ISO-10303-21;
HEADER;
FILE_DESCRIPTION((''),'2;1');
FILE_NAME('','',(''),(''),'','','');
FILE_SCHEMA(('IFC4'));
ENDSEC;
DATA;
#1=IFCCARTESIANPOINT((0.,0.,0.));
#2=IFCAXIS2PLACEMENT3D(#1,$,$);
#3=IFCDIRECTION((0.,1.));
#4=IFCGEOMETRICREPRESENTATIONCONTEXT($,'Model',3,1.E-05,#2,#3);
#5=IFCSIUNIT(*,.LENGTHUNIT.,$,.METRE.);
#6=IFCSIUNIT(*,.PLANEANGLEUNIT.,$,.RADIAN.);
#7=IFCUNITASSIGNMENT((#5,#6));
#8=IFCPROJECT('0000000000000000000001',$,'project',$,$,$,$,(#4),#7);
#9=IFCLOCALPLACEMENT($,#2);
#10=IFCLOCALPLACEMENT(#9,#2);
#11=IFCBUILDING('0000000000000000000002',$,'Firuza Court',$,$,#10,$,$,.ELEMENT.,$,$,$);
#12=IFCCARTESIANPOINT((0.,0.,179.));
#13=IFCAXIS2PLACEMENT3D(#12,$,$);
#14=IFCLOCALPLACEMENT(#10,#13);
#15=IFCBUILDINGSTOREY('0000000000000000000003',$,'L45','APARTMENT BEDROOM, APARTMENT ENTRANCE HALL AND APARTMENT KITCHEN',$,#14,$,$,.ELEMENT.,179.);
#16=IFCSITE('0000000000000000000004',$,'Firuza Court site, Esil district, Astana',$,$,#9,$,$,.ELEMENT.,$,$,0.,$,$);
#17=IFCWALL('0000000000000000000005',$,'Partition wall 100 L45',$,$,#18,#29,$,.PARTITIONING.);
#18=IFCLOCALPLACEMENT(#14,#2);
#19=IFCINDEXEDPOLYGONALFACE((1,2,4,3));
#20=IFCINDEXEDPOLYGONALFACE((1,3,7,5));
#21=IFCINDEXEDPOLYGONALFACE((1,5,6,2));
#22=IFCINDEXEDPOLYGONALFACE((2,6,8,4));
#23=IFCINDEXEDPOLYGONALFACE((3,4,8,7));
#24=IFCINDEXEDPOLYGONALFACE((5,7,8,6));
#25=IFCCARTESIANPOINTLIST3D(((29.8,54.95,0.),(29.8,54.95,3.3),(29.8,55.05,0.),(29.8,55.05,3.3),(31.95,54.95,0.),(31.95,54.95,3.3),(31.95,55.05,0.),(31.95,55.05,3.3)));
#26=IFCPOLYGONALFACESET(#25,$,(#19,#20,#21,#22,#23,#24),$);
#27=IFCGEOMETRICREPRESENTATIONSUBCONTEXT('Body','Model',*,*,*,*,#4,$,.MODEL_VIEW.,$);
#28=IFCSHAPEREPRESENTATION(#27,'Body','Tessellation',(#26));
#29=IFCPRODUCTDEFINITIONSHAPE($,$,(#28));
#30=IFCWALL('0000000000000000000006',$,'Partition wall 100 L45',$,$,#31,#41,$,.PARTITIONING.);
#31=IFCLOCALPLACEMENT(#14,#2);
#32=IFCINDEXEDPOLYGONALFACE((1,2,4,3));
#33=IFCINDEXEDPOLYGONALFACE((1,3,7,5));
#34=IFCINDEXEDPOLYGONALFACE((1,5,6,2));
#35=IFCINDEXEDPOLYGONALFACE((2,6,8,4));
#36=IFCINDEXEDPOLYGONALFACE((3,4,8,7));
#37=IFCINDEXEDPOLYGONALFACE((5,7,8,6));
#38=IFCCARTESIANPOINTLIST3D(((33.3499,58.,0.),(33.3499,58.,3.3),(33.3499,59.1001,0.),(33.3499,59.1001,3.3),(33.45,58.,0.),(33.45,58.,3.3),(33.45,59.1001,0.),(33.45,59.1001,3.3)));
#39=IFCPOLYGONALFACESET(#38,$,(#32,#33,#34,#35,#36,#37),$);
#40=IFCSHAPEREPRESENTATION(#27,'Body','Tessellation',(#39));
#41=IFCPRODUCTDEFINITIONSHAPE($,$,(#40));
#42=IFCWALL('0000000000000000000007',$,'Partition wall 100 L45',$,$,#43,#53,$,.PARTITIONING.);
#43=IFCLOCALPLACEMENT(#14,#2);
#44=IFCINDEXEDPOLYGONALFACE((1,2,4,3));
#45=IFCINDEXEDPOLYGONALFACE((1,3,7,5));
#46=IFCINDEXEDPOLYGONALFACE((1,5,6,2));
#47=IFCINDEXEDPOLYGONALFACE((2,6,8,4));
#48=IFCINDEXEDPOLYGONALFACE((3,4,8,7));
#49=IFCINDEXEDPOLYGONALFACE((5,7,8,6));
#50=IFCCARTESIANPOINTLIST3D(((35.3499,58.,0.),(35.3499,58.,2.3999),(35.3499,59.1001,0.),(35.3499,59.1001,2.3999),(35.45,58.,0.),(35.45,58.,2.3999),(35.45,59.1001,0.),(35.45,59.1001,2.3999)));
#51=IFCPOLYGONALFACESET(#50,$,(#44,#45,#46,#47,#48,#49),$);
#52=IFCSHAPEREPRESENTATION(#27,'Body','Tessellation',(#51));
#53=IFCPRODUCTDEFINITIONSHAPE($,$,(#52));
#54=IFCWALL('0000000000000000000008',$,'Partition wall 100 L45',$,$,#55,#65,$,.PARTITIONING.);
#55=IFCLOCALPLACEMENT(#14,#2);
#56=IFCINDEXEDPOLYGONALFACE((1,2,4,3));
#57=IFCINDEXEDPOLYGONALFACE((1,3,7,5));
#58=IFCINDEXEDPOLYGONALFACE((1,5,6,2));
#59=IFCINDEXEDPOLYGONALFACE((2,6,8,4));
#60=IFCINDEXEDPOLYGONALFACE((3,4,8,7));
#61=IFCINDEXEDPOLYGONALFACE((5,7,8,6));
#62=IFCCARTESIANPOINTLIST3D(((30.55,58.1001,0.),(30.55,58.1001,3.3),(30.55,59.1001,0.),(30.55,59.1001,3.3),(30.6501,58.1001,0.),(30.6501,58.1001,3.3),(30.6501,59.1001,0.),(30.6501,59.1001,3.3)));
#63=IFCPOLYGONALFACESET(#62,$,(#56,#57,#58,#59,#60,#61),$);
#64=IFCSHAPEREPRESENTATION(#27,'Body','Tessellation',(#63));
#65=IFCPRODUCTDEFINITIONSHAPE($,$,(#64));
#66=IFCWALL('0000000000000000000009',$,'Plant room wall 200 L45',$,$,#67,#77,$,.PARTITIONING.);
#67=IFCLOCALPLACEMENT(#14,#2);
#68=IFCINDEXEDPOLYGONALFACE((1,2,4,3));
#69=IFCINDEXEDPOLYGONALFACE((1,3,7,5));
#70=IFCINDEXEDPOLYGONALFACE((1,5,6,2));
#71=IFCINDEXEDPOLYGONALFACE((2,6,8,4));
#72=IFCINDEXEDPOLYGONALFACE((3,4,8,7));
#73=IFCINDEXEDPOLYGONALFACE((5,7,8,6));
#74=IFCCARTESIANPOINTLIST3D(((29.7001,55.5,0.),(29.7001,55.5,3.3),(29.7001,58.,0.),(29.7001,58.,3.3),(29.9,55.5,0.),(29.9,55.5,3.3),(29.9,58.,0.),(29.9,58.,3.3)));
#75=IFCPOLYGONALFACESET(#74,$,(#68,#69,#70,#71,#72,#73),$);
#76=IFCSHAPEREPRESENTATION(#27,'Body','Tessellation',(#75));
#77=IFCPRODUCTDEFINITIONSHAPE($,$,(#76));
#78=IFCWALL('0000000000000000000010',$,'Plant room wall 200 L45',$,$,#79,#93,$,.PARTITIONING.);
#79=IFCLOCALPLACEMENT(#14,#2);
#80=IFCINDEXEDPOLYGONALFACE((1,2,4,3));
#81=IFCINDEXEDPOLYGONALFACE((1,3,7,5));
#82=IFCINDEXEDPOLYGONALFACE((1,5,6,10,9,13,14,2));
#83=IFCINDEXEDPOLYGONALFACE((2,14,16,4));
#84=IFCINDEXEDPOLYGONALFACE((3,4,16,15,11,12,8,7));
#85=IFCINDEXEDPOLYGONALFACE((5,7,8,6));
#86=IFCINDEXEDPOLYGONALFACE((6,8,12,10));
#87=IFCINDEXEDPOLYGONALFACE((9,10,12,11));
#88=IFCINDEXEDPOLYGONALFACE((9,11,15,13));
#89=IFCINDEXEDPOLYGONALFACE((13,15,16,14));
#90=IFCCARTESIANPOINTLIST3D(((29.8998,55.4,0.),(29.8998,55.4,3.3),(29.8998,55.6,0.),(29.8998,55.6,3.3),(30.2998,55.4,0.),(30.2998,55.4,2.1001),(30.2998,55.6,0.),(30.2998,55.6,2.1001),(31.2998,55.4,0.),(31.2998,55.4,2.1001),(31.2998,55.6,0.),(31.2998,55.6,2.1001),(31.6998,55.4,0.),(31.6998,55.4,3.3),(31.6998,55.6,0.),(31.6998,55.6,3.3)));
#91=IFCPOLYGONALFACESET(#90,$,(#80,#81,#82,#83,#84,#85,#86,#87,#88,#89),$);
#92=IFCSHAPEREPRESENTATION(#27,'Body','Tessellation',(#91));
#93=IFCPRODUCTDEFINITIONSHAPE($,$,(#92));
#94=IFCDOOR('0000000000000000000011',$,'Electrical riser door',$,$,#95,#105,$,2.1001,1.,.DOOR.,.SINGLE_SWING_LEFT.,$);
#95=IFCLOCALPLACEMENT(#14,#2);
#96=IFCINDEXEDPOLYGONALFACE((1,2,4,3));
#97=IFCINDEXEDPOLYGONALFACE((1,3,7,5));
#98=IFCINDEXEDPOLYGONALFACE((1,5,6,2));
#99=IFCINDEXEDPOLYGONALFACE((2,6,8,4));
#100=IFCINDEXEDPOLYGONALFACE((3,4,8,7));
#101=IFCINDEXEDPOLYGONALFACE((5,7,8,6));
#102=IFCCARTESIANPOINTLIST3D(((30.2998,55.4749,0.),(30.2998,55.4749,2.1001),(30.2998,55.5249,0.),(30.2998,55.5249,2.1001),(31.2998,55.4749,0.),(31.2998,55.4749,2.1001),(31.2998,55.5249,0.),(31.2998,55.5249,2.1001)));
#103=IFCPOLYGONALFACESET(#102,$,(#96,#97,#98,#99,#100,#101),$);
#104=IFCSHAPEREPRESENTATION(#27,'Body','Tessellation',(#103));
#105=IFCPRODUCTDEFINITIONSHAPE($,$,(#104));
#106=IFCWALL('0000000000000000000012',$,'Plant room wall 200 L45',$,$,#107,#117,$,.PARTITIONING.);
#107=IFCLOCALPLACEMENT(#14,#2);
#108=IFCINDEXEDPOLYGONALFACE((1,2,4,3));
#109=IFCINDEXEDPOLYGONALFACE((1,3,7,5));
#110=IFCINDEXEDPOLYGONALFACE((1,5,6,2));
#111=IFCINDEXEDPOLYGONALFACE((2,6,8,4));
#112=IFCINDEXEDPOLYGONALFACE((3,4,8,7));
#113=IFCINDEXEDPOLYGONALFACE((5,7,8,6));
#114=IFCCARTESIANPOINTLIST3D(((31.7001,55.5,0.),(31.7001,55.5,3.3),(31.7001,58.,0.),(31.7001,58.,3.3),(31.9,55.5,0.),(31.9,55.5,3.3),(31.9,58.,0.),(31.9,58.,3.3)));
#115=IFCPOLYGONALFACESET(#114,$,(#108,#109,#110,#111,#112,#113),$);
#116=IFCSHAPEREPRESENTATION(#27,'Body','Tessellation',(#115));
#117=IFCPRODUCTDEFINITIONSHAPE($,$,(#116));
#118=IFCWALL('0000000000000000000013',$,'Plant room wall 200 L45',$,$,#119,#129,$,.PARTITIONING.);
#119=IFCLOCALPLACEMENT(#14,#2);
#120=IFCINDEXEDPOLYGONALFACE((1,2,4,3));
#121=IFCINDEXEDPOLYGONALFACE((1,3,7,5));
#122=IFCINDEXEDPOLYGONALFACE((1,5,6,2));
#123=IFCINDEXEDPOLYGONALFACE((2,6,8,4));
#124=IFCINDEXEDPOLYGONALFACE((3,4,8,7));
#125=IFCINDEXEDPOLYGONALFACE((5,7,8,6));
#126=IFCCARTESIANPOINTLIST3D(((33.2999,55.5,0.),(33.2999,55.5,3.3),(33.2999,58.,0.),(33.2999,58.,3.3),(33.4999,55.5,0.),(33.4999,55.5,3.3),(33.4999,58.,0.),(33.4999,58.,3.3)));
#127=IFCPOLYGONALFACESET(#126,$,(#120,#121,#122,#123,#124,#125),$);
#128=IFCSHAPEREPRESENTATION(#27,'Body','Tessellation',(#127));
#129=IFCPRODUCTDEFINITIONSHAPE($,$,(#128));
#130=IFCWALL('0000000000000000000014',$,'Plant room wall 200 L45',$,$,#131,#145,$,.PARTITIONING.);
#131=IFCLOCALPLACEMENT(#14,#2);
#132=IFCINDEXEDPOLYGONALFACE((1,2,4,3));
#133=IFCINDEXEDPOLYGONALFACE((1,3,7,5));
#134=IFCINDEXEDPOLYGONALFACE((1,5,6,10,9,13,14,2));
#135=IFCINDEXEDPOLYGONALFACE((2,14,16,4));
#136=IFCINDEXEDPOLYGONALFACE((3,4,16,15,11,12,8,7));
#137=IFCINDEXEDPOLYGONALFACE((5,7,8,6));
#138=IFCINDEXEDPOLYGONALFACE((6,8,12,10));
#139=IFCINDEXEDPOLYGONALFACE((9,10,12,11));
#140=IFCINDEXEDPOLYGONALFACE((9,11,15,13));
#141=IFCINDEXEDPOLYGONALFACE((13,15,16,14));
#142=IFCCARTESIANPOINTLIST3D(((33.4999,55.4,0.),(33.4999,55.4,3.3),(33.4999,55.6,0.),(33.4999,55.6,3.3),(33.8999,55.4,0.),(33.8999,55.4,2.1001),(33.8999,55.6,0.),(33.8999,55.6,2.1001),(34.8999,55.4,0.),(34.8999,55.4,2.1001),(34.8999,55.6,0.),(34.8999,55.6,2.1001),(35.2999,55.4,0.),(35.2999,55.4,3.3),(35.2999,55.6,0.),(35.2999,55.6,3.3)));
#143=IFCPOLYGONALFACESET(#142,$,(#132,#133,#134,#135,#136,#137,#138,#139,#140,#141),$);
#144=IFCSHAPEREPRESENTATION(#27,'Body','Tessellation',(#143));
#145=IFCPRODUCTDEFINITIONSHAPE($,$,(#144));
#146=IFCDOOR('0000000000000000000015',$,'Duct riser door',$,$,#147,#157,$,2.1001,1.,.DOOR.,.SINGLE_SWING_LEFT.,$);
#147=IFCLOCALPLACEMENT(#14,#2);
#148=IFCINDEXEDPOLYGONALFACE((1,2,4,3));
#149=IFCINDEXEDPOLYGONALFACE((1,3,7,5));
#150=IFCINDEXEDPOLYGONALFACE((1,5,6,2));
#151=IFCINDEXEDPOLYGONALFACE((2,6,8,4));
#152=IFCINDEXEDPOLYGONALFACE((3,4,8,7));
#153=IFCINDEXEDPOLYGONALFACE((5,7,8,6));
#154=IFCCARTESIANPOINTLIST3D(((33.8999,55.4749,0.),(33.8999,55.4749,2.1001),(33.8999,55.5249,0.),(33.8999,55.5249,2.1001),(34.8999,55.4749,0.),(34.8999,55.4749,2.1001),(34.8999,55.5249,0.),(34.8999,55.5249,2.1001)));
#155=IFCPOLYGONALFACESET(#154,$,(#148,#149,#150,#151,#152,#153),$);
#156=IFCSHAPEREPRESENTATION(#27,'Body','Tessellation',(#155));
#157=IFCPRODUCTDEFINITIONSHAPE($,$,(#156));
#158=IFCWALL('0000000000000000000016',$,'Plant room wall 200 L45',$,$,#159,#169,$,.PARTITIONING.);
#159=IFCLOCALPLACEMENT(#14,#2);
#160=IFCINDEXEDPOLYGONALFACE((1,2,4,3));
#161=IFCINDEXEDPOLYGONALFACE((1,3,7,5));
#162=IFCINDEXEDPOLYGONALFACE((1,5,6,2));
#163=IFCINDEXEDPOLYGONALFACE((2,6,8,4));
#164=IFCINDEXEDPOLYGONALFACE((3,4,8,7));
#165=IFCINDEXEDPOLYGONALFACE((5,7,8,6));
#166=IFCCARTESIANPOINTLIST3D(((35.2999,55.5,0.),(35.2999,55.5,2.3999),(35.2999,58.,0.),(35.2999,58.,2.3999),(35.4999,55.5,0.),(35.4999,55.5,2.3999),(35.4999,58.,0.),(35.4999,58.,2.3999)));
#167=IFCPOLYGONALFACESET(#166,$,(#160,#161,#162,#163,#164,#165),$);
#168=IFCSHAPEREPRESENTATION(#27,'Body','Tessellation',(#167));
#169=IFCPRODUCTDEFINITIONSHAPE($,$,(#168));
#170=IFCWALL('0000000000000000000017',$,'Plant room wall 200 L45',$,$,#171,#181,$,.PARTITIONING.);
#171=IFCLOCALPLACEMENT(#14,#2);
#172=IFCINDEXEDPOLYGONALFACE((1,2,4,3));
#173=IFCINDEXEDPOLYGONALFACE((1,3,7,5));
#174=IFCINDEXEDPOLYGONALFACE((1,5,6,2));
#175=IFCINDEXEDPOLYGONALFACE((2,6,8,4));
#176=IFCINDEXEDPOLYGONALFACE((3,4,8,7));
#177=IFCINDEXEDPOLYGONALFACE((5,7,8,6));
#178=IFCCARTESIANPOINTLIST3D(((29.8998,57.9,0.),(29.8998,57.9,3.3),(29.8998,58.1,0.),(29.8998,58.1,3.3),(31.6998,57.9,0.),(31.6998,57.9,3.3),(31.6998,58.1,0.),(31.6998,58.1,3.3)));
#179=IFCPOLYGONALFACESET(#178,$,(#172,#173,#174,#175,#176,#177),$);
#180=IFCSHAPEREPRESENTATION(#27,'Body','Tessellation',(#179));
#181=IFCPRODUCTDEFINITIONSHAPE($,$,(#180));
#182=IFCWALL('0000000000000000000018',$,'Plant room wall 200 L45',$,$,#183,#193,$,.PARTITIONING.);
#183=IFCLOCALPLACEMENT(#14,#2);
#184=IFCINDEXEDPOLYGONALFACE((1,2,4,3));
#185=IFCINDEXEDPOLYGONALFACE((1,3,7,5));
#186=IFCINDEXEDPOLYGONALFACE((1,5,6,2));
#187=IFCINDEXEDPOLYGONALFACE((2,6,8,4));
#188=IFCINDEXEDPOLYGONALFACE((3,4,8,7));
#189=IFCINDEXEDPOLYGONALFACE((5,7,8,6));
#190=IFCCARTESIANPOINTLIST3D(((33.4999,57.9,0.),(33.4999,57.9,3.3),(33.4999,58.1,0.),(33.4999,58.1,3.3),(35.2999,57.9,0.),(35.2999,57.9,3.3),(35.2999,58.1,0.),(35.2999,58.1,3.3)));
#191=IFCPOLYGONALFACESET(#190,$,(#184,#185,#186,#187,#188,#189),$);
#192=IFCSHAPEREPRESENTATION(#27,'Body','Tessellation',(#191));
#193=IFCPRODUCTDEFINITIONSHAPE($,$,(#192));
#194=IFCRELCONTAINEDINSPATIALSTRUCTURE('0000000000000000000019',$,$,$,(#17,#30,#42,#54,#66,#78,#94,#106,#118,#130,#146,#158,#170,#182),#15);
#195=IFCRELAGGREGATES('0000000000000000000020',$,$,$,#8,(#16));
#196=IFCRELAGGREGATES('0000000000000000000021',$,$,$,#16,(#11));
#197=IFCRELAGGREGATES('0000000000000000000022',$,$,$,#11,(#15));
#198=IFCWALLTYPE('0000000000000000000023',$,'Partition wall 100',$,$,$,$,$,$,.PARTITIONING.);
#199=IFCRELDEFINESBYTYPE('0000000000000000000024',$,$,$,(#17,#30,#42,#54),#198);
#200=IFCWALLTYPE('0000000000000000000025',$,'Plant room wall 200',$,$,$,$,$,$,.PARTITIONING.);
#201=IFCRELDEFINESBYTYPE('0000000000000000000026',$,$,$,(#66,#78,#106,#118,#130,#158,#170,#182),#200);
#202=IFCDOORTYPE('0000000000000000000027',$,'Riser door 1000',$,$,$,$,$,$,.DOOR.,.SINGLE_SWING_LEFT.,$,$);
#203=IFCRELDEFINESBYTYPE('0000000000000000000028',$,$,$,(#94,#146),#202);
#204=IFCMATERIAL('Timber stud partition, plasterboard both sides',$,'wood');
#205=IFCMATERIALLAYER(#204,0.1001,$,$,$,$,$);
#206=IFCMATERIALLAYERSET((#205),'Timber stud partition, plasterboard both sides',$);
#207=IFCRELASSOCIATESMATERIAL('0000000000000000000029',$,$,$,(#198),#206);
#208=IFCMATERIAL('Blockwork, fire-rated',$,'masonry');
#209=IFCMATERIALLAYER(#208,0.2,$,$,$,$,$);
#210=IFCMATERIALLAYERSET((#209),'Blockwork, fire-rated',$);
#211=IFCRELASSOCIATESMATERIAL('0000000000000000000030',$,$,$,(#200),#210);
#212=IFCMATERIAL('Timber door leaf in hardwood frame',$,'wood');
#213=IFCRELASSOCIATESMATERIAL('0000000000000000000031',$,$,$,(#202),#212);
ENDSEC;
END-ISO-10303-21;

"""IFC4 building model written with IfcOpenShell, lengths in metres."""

from ifc_helpers import new_model, si_unit, direction, frame, frame_2d, origin, place, context, subcontext, project, spatial, rectangle, extrude, material, layer, layer_set, type_object, element, fill, save


model = new_model("IFC4")

# Units and contexts
model_context = context("Model", 3, precision=1e-05, world=origin(), true_north=direction((0.0, 1.0)))
body_context = subcontext(model_context, "Body", "Model", "MODEL_VIEW")
ifc_project = project(units=[si_unit("LENGTHUNIT", "METRE"), si_unit("PLANEANGLEUNIT", "RADIAN")], contexts=[model_context])

# Site, building, storey
site_placement = place(None, origin())
site = spatial("IfcSite", under=ifc_project, at=site_placement, Name="Firuza Court site, Esil district, Astana", CompositionType="ELEMENT", RefElevation=0.0)
building_placement = place(site_placement, origin())
building = spatial("IfcBuilding", under=site, at=building_placement, Name="Firuza Court", CompositionType="ELEMENT")
storey_placement = place(building_placement, frame((0.0, 0.0, 179.0)))
storey = spatial("IfcBuildingStorey", under=building, at=storey_placement, Name="L45", Description="APARTMENT BEDROOM, APARTMENT ENTRANCE HALL AND APARTMENT KITCHEN", CompositionType="ELEMENT", Elevation=179.0)

# Walls
ifc_material_1 = material(Name="Timber stud partition, plasterboard both sides", Category="wood")
ifc_layer_1 = layer(ifc_material_1, 0.1001)
ifc_layer_set_1 = layer_set([ifc_layer_1], Name="Timber stud partition, plasterboard both sides")
wall_type_1 = type_object("IfcWallType", Name="Partition wall 100", PredefinedType="PARTITIONING", material=ifc_layer_set_1)
wall_1_placement = place(storey_placement, frame((29.8, 55.0, 0.0), z_axis=(0.0, 0.0, 1.0), x_axis=(1.0, 0.0, 0.0)))
element("IfcWall", 1, at=wall_1_placement, inside=storey, type_object=wall_type_1, Name="Partition wall 100 L45", PredefinedType="PARTITIONING", context=body_context, shape_type="SweptSolid", body=[
    extrude(rectangle(XDim=2.1499, YDim=0.1001, at=frame_2d((1.075, 0.0))), origin(), (0.0, 0.0, 1.0), 3.3),
])
wall_2_placement = place(storey_placement, frame((33.3999, 58.0, 0.0), z_axis=(0.0, 0.0, 1.0), x_axis=(0.0, 1.0, 0.0)))
element("IfcWall", 2, at=wall_2_placement, inside=storey, type_object=wall_type_1, Name="Partition wall 100 L45", PredefinedType="PARTITIONING", context=body_context, shape_type="SweptSolid", body=[
    extrude(rectangle(XDim=1.1001, YDim=0.1001, at=frame_2d((0.55, 0.0))), origin(), (0.0, 0.0, 1.0), 3.3),
])
wall_3_placement = place(storey_placement, frame((35.3999, 58.0, 0.0), z_axis=(0.0, 0.0, 1.0), x_axis=(0.0, 1.0, 0.0)))
element("IfcWall", 3, at=wall_3_placement, inside=storey, type_object=wall_type_1, Name="Partition wall 100 L45", PredefinedType="PARTITIONING", context=body_context, shape_type="SweptSolid", body=[
    extrude(rectangle(XDim=1.1001, YDim=0.1001, at=frame_2d((0.55, 0.0))), origin(), (0.0, 0.0, 1.0), 2.3999),
])
wall_4_placement = place(storey_placement, frame((30.6001, 58.1001, 0.0), z_axis=(0.0, 0.0, 1.0), x_axis=(0.0, 1.0, 0.0)))
element("IfcWall", 4, at=wall_4_placement, inside=storey, type_object=wall_type_1, Name="Partition wall 100 L45", PredefinedType="PARTITIONING", context=body_context, shape_type="SweptSolid", body=[
    extrude(rectangle(XDim=1.0, YDim=0.1001, at=frame_2d((0.5, 0.0))), origin(), (0.0, 0.0, 1.0), 3.3),
])
ifc_material_2 = material(Name="Blockwork, fire-rated", Category="masonry")
ifc_layer_2 = layer(ifc_material_2, 0.2)
ifc_layer_set_2 = layer_set([ifc_layer_2], Name="Blockwork, fire-rated")
wall_type_2 = type_object("IfcWallType", Name="Plant room wall 200", PredefinedType="PARTITIONING", material=ifc_layer_set_2)
wall_5_placement = place(storey_placement, frame((29.8, 55.5, 0.0), z_axis=(0.0, 0.0, 1.0), x_axis=(0.0, 1.0, 0.0)))
element("IfcWall", 5, at=wall_5_placement, inside=storey, type_object=wall_type_2, Name="Plant room wall 200 L45", PredefinedType="PARTITIONING", context=body_context, shape_type="SweptSolid", body=[
    extrude(rectangle(XDim=2.5, YDim=0.2, at=frame_2d((1.25, 0.0))), origin(), (0.0, 0.0, 1.0), 3.3),
])

# Wall, opening, door
wall_6_placement = place(storey_placement, frame((29.8999, 55.5, 0.0), z_axis=(0.0, 0.0, 1.0), x_axis=(1.0, 0.0, 0.0)))
wall_6 = element("IfcWall", 6, at=wall_6_placement, inside=storey, type_object=wall_type_2, Name="Plant room wall 200 L45", PredefinedType="PARTITIONING", context=body_context, shape_type="SweptSolid", body=[
    extrude(rectangle(XDim=1.8, YDim=0.2, at=frame_2d((0.8999, 0.0))), origin(), (0.0, 0.0, 1.0), 3.3),
])
opening_1_placement = place(wall_6_placement, frame((0.3999, 0.0, 0.0)))
opening_1 = element("IfcOpeningElement", 7, at=opening_1_placement, cuts=wall_6, PredefinedType="OPENING", context=body_context, shape_type="SweptSolid", body=[
    extrude(rectangle(XDim=1.0, YDim=2.1001, at=frame_2d((0.5, 1.05))), frame((0.0, 0.1118, 0.0), z_axis=(0.0, -1.0, 0.0), x_axis=(1.0, 0.0, 0.0)), (0.0, 0.0, 1.0), 0.2239),
])
ifc_material_3 = material(Name="Timber door leaf in hardwood frame", Category="wood")
door_type_1 = type_object("IfcDoorType", Name="Riser door 1000", OperationType="SINGLE_SWING_LEFT", PredefinedType="DOOR", material=ifc_material_3)
door_1_placement = place(opening_1_placement, origin())
door_1 = element("IfcDoor", 8, at=door_1_placement, inside=storey, type_object=door_type_1, Name="Electrical riser door", OperationType="SINGLE_SWING_LEFT", OverallHeight=2.1001, OverallWidth=1.0, PredefinedType="DOOR", context=body_context, shape_type="SweptSolid", body=[
    extrude(rectangle(XDim=1.0, YDim=2.1001, at=frame_2d((0.5, 1.05))), frame((0.0, 0.0249, 0.0), z_axis=(0.0, -1.0, 0.0), x_axis=(1.0, 0.0, 0.0)), (0.0, 0.0, 1.0), 0.05),
])
fill(opening_1, door_1)

# Walls
for number, where, z_axis, x_axis, name in (
    (9, (31.8, 55.5, 0.0), (0.0, 0.0, 1.0), (0.0, 1.0, 0.0), "Plant room wall 200 L45"),
    (10, (33.3999, 55.5, 0.0), (0.0, 0.0, 1.0), (0.0, 1.0, 0.0), "Plant room wall 200 L45"),
):
    element("IfcWall", number, at=place(storey_placement, frame(where, z_axis=z_axis, x_axis=x_axis)), inside=storey, type_object=wall_type_2, Name=name, PredefinedType="PARTITIONING", context=body_context, shape_type="SweptSolid", body=[
        extrude(rectangle(XDim=2.5, YDim=0.2, at=frame_2d((1.25, 0.0))), origin(), (0.0, 0.0, 1.0), 3.3),
    ])

# Wall, opening, door
wall_7_placement = place(storey_placement, frame((33.5, 55.5, 0.0), z_axis=(0.0, 0.0, 1.0), x_axis=(1.0, 0.0, 0.0)))
wall_7 = element("IfcWall", 11, at=wall_7_placement, inside=storey, type_object=wall_type_2, Name="Plant room wall 200 L45", PredefinedType="PARTITIONING", context=body_context, shape_type="SweptSolid", body=[
    extrude(rectangle(XDim=1.8, YDim=0.2, at=frame_2d((0.8999, 0.0))), origin(), (0.0, 0.0, 1.0), 3.3),
])
opening_2_placement = place(wall_7_placement, frame((0.3999, 0.0, 0.0)))
opening_2 = element("IfcOpeningElement", 12, at=opening_2_placement, cuts=wall_7, PredefinedType="OPENING", context=body_context, shape_type="SweptSolid", body=[
    extrude(rectangle(XDim=1.0, YDim=2.1001, at=frame_2d((0.5, 1.05))), frame((0.0, 0.1118, 0.0), z_axis=(0.0, -1.0, 0.0), x_axis=(1.0, 0.0, 0.0)), (0.0, 0.0, 1.0), 0.2239),
])
door_2_placement = place(opening_2_placement, origin())
door_2 = element("IfcDoor", 13, at=door_2_placement, inside=storey, type_object=door_type_1, Name="Duct riser door", OperationType="SINGLE_SWING_LEFT", OverallHeight=2.1001, OverallWidth=1.0, PredefinedType="DOOR", context=body_context, shape_type="SweptSolid", body=[
    extrude(rectangle(XDim=1.0, YDim=2.1001, at=frame_2d((0.5, 1.05))), frame((0.0, 0.0249, 0.0), z_axis=(0.0, -1.0, 0.0), x_axis=(1.0, 0.0, 0.0)), (0.0, 0.0, 1.0), 0.05),
])
fill(opening_2, door_2)

# Walls
wall_8_placement = place(storey_placement, frame((35.3999, 55.5, 0.0), z_axis=(0.0, 0.0, 1.0), x_axis=(0.0, 1.0, 0.0)))
element("IfcWall", 14, at=wall_8_placement, inside=storey, type_object=wall_type_2, Name="Plant room wall 200 L45", PredefinedType="PARTITIONING", context=body_context, shape_type="SweptSolid", body=[
    extrude(rectangle(XDim=2.5, YDim=0.2, at=frame_2d((1.25, 0.0))), origin(), (0.0, 0.0, 1.0), 2.3999),
])
for number, where, z_axis, x_axis, name in (
    (15, (29.8999, 58.0, 0.0), (0.0, 0.0, 1.0), (1.0, 0.0, 0.0), "Plant room wall 200 L45"),
    (16, (33.5, 58.0, 0.0), (0.0, 0.0, 1.0), (1.0, 0.0, 0.0), "Plant room wall 200 L45"),
):
    element("IfcWall", number, at=place(storey_placement, frame(where, z_axis=z_axis, x_axis=x_axis)), inside=storey, type_object=wall_type_2, Name=name, PredefinedType="PARTITIONING", context=body_context, shape_type="SweptSolid", body=[
        extrude(rectangle(XDim=1.8, YDim=0.2, at=frame_2d((0.8999, 0.0))), origin(), (0.0, 0.0, 1.0), 3.3),
    ])

save(model, "model.ifc")
